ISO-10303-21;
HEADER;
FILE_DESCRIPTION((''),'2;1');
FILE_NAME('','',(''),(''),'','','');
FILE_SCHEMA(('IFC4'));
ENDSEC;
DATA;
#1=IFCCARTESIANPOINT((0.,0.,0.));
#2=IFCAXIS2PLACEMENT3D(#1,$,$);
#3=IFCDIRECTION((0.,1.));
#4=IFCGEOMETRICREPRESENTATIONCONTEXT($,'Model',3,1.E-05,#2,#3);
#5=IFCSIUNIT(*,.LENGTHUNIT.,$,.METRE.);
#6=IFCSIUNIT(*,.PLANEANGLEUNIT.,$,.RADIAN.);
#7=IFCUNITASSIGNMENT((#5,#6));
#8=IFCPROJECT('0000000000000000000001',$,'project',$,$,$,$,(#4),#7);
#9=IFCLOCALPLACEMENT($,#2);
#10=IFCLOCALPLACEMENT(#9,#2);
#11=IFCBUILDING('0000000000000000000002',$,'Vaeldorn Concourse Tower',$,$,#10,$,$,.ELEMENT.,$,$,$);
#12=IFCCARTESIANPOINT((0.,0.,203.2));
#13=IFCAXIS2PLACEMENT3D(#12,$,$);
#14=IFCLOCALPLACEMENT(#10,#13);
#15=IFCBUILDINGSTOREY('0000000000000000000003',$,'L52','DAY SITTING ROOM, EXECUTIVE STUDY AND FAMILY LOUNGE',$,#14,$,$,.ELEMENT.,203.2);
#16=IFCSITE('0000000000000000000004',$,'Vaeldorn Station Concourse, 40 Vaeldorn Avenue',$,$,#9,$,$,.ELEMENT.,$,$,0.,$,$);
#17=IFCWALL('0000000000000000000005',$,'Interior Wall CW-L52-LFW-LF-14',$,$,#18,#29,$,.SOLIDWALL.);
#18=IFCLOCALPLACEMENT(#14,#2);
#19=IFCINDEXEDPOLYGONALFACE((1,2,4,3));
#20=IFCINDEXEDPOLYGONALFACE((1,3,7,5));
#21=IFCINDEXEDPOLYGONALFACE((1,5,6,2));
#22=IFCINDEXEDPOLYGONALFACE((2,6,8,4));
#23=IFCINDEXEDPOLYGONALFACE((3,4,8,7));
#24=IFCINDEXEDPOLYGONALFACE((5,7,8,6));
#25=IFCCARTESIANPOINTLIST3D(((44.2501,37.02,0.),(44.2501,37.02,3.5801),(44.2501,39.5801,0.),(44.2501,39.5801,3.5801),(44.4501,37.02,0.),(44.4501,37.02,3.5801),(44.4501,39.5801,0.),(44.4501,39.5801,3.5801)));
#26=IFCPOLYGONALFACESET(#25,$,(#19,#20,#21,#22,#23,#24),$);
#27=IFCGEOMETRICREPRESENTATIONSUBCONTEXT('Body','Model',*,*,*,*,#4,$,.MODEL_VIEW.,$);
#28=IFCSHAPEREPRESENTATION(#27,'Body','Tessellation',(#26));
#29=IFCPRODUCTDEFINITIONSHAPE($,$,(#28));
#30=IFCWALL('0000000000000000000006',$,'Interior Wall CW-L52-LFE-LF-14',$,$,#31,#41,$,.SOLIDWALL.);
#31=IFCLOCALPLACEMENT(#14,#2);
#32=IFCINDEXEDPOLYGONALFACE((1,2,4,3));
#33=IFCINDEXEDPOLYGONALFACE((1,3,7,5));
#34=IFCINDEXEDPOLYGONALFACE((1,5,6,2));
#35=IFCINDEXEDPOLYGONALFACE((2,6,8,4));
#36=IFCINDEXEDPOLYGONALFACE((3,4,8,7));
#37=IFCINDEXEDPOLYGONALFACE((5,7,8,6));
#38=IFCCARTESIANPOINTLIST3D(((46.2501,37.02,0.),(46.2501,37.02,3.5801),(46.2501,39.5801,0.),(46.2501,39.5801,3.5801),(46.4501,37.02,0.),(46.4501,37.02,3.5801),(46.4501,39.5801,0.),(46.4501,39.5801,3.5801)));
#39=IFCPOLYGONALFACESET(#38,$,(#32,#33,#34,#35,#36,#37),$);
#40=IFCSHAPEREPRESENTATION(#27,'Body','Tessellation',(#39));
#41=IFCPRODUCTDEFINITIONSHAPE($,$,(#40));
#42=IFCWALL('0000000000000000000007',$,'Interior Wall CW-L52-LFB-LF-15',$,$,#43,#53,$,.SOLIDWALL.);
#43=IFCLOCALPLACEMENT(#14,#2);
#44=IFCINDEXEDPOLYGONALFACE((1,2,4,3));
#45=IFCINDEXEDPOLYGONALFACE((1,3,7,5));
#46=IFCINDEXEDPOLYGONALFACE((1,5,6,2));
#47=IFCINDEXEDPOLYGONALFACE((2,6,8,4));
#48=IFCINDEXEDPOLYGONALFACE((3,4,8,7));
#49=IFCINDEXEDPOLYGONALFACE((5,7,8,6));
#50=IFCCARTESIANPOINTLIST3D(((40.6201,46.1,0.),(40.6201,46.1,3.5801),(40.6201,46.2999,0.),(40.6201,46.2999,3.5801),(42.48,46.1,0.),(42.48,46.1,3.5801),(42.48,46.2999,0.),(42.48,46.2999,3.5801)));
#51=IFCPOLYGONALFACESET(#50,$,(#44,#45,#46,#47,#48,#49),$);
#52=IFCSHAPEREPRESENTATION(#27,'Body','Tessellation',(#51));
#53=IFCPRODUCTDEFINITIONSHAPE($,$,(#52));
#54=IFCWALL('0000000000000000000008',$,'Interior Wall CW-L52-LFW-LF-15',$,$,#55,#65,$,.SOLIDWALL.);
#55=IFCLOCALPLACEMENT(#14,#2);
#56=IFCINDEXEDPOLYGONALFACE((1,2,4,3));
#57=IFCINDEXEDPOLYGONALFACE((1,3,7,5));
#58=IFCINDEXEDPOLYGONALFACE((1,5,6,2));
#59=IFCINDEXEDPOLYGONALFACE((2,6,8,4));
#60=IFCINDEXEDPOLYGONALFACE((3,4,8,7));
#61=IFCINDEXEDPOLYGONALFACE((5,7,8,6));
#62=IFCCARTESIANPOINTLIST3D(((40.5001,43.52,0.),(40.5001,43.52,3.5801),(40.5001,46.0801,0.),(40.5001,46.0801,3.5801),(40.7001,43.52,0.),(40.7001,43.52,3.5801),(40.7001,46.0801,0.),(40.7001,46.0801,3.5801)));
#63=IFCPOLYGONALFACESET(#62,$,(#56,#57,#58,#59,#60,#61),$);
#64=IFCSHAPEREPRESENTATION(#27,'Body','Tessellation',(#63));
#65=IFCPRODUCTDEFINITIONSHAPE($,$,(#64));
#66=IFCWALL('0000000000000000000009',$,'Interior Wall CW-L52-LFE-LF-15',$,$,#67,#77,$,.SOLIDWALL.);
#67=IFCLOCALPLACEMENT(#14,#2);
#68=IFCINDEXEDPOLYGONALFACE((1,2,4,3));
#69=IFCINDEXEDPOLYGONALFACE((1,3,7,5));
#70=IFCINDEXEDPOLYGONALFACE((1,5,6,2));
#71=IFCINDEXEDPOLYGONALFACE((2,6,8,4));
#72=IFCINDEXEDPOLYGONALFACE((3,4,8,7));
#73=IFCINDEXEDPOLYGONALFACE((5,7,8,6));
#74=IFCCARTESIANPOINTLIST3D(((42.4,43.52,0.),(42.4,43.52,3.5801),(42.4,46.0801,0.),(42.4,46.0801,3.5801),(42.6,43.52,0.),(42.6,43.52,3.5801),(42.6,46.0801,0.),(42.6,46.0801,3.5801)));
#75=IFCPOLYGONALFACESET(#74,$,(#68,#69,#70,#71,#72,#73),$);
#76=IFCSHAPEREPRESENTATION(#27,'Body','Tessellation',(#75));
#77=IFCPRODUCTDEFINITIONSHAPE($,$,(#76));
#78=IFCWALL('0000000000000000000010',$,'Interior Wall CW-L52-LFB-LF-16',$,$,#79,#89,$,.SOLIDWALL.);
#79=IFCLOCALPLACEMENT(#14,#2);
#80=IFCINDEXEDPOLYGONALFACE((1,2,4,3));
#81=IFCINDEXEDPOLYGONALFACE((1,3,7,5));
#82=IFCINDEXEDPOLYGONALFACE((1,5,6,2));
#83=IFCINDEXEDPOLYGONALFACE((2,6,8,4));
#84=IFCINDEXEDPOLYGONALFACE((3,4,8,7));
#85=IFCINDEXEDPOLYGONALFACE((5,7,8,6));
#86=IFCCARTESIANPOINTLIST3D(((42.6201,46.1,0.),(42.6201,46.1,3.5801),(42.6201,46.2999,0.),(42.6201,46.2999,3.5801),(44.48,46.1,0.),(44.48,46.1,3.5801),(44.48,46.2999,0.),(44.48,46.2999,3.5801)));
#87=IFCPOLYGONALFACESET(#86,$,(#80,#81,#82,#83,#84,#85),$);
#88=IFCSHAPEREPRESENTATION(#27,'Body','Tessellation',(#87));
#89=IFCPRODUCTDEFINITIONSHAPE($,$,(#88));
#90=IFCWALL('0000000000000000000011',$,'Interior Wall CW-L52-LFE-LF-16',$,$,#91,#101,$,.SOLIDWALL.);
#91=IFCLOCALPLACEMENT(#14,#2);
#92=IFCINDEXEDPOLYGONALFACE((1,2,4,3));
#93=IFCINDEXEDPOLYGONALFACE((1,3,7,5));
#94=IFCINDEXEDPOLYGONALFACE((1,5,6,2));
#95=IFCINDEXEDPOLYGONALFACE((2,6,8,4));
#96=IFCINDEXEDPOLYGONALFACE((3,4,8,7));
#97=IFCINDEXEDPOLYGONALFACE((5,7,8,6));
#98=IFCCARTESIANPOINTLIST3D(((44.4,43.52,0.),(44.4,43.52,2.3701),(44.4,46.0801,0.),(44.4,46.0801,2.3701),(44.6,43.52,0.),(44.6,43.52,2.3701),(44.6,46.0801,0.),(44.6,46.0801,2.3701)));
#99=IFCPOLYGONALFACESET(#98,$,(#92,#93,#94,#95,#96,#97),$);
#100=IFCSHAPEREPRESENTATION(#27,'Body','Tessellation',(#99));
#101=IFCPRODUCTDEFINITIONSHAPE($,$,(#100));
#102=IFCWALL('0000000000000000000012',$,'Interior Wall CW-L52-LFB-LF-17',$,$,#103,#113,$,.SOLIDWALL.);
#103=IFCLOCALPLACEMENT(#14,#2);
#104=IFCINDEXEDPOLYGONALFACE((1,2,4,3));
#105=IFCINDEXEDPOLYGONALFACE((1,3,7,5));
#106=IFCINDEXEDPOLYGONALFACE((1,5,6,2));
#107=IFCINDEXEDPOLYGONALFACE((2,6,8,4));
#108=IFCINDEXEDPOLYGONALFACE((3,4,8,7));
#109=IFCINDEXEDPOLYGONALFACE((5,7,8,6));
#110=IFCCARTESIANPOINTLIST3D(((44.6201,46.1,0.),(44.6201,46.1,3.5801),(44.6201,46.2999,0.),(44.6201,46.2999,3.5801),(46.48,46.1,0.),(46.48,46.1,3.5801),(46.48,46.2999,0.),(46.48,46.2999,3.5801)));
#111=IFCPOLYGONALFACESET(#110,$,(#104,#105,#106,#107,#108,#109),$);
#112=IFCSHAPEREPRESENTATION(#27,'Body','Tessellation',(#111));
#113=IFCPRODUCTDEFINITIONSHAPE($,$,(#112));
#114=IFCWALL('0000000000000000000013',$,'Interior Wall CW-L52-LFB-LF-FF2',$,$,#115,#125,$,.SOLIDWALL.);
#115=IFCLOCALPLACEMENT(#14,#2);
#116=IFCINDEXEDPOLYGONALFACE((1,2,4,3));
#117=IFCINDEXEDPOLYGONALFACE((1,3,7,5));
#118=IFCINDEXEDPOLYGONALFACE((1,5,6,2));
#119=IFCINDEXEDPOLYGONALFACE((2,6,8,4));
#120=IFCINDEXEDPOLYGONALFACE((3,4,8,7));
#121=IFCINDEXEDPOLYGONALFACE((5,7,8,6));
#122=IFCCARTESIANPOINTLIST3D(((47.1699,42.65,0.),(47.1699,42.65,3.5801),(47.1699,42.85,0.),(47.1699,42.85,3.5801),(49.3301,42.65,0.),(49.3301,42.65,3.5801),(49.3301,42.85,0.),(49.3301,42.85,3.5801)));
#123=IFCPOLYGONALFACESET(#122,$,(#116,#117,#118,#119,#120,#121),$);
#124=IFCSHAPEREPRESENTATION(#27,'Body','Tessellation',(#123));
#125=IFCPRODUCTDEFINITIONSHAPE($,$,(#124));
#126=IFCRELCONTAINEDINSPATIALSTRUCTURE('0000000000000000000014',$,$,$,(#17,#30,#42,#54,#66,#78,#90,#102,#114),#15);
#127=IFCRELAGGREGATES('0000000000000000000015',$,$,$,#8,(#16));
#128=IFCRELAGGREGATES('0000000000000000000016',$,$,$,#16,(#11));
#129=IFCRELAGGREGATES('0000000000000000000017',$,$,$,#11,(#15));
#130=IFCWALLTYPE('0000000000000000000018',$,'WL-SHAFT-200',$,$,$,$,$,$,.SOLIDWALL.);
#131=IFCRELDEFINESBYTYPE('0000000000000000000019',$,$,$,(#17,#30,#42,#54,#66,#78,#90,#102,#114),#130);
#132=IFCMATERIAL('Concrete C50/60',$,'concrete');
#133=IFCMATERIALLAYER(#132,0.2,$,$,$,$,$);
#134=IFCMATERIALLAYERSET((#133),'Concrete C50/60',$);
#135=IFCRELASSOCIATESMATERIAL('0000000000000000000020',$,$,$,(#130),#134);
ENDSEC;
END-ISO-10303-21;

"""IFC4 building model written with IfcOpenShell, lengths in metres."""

from ifc_helpers import new_model, si_unit, direction, frame, frame_2d, origin, place, context, subcontext, project, spatial, rectangle, extrude, material, layer, layer_set, type_object, element, save


model = new_model("IFC4")

# Units and contexts
model_context = context("Model", 3, precision=1e-05, world=origin(), true_north=direction((0.0, 1.0)))
body_context = subcontext(model_context, "Body", "Model", "MODEL_VIEW")
ifc_project = project(units=[si_unit("LENGTHUNIT", "METRE"), si_unit("PLANEANGLEUNIT", "RADIAN")], contexts=[model_context])

# Site, building, storey
site_placement = place(None, origin())
site = spatial("IfcSite", under=ifc_project, at=site_placement, Name="Vaeldorn Station Concourse, 40 Vaeldorn Avenue", CompositionType="ELEMENT", RefElevation=0.0)
building_placement = place(site_placement, origin())
building = spatial("IfcBuilding", under=site, at=building_placement, Name="Vaeldorn Concourse Tower", CompositionType="ELEMENT")
storey_placement = place(building_placement, frame((0.0, 0.0, 203.2)))
storey = spatial("IfcBuildingStorey", under=building, at=storey_placement, Name="L52", Description="DAY SITTING ROOM, EXECUTIVE STUDY AND FAMILY LOUNGE", CompositionType="ELEMENT", Elevation=203.2)

# Shared definitions
ifc_material_1 = material(Name="Concrete C50/60", Category="concrete")

# Shared definitions
ifc_layer_1 = layer(ifc_material_1, 0.2)
ifc_layer_set_1 = layer_set([ifc_layer_1], Name="Concrete C50/60")
wall_type_1 = type_object("IfcWallType", Name="WL-SHAFT-200", PredefinedType="SOLIDWALL", material=ifc_layer_set_1)

# Walls
for number, where, z_axis, x_axis, name in (
    (1, (44.3501, 37.02, 0.0), (0.0, 0.0, 1.0), (0.0, 1.0, 0.0), "Interior Wall CW-L52-LFW-LF-14"),
    (2, (46.3501, 37.02, 0.0), (0.0, 0.0, 1.0), (0.0, 1.0, 0.0), "Interior Wall CW-L52-LFE-LF-14"),
):
    element("IfcWall", number, at=place(storey_placement, frame(where, z_axis=z_axis, x_axis=x_axis)), inside=storey, type_object=wall_type_1, Name=name, PredefinedType="SOLIDWALL", context=body_context, shape_type="SweptSolid", body=[
        extrude(rectangle(XDim=2.5601, YDim=0.2, at=frame_2d((1.28, 0.0))), origin(), (0.0, 0.0, 1.0), 3.5801),
    ])

# Walls
wall_1_placement = place(storey_placement, frame((40.6201, 46.2, 0.0), z_axis=(0.0, 0.0, 1.0), x_axis=(1.0, 0.0, 0.0)))
element("IfcWall", 3, at=wall_1_placement, inside=storey, type_object=wall_type_1, Name="Interior Wall CW-L52-LFB-LF-15", PredefinedType="SOLIDWALL", context=body_context, shape_type="SweptSolid", body=[
    extrude(rectangle(XDim=1.8599, YDim=0.2, at=frame_2d((0.9299, 0.0))), origin(), (0.0, 0.0, 1.0), 3.5801),
])
for number, where, z_axis, x_axis, name in (
    (4, (40.6001, 43.52, 0.0), (0.0, 0.0, 1.0), (0.0, 1.0, 0.0), "Interior Wall CW-L52-LFW-LF-15"),
    (5, (42.5, 43.52, 0.0), (0.0, 0.0, 1.0), (0.0, 1.0, 0.0), "Interior Wall CW-L52-LFE-LF-15"),
):
    element("IfcWall", number, at=place(storey_placement, frame(where, z_axis=z_axis, x_axis=x_axis)), inside=storey, type_object=wall_type_1, Name=name, PredefinedType="SOLIDWALL", context=body_context, shape_type="SweptSolid", body=[
        extrude(rectangle(XDim=2.5601, YDim=0.2, at=frame_2d((1.28, 0.0))), origin(), (0.0, 0.0, 1.0), 3.5801),
    ])

# Walls
wall_2_placement = place(storey_placement, frame((42.6201, 46.2, 0.0), z_axis=(0.0, 0.0, 1.0), x_axis=(1.0, 0.0, 0.0)))
element("IfcWall", 6, at=wall_2_placement, inside=storey, type_object=wall_type_1, Name="Interior Wall CW-L52-LFB-LF-16", PredefinedType="SOLIDWALL", context=body_context, shape_type="SweptSolid", body=[
    extrude(rectangle(XDim=1.8599, YDim=0.2, at=frame_2d((0.9299, 0.0))), origin(), (0.0, 0.0, 1.0), 3.5801),
])
wall_3_placement = place(storey_placement, frame((44.5, 43.52, 0.0), z_axis=(0.0, 0.0, 1.0), x_axis=(0.0, 1.0, 0.0)))
element("IfcWall", 7, at=wall_3_placement, inside=storey, type_object=wall_type_1, Name="Interior Wall CW-L52-LFE-LF-16", PredefinedType="SOLIDWALL", context=body_context, shape_type="SweptSolid", body=[
    extrude(rectangle(XDim=2.5601, YDim=0.2, at=frame_2d((1.28, 0.0))), origin(), (0.0, 0.0, 1.0), 2.3701),
])

# Wall
wall_4_placement = place(storey_placement, frame((44.6201, 46.2, 0.0), z_axis=(0.0, 0.0, 1.0), x_axis=(1.0, 0.0, 0.0)))
element("IfcWall", 8, at=wall_4_placement, inside=storey, type_object=wall_type_1, Name="Interior Wall CW-L52-LFB-LF-17", PredefinedType="SOLIDWALL", context=body_context, shape_type="SweptSolid", body=[
    extrude(rectangle(XDim=1.8599, YDim=0.2, at=frame_2d((0.9299, 0.0))), origin(), (0.0, 0.0, 1.0), 3.5801),
])

# Wall
wall_5_placement = place(storey_placement, frame((47.1699, 42.75, 0.0), z_axis=(0.0, 0.0, 1.0), x_axis=(1.0, 0.0, 0.0)))
element("IfcWall", 9, at=wall_5_placement, inside=storey, type_object=wall_type_1, Name="Interior Wall CW-L52-LFB-LF-FF2", PredefinedType="SOLIDWALL", context=body_context, shape_type="SweptSolid", body=[
    extrude(rectangle(XDim=2.1602, YDim=0.2, at=frame_2d((1.0801, 0.0))), origin(), (0.0, 0.0, 1.0), 3.5801),
])

save(model, "model.ifc")
